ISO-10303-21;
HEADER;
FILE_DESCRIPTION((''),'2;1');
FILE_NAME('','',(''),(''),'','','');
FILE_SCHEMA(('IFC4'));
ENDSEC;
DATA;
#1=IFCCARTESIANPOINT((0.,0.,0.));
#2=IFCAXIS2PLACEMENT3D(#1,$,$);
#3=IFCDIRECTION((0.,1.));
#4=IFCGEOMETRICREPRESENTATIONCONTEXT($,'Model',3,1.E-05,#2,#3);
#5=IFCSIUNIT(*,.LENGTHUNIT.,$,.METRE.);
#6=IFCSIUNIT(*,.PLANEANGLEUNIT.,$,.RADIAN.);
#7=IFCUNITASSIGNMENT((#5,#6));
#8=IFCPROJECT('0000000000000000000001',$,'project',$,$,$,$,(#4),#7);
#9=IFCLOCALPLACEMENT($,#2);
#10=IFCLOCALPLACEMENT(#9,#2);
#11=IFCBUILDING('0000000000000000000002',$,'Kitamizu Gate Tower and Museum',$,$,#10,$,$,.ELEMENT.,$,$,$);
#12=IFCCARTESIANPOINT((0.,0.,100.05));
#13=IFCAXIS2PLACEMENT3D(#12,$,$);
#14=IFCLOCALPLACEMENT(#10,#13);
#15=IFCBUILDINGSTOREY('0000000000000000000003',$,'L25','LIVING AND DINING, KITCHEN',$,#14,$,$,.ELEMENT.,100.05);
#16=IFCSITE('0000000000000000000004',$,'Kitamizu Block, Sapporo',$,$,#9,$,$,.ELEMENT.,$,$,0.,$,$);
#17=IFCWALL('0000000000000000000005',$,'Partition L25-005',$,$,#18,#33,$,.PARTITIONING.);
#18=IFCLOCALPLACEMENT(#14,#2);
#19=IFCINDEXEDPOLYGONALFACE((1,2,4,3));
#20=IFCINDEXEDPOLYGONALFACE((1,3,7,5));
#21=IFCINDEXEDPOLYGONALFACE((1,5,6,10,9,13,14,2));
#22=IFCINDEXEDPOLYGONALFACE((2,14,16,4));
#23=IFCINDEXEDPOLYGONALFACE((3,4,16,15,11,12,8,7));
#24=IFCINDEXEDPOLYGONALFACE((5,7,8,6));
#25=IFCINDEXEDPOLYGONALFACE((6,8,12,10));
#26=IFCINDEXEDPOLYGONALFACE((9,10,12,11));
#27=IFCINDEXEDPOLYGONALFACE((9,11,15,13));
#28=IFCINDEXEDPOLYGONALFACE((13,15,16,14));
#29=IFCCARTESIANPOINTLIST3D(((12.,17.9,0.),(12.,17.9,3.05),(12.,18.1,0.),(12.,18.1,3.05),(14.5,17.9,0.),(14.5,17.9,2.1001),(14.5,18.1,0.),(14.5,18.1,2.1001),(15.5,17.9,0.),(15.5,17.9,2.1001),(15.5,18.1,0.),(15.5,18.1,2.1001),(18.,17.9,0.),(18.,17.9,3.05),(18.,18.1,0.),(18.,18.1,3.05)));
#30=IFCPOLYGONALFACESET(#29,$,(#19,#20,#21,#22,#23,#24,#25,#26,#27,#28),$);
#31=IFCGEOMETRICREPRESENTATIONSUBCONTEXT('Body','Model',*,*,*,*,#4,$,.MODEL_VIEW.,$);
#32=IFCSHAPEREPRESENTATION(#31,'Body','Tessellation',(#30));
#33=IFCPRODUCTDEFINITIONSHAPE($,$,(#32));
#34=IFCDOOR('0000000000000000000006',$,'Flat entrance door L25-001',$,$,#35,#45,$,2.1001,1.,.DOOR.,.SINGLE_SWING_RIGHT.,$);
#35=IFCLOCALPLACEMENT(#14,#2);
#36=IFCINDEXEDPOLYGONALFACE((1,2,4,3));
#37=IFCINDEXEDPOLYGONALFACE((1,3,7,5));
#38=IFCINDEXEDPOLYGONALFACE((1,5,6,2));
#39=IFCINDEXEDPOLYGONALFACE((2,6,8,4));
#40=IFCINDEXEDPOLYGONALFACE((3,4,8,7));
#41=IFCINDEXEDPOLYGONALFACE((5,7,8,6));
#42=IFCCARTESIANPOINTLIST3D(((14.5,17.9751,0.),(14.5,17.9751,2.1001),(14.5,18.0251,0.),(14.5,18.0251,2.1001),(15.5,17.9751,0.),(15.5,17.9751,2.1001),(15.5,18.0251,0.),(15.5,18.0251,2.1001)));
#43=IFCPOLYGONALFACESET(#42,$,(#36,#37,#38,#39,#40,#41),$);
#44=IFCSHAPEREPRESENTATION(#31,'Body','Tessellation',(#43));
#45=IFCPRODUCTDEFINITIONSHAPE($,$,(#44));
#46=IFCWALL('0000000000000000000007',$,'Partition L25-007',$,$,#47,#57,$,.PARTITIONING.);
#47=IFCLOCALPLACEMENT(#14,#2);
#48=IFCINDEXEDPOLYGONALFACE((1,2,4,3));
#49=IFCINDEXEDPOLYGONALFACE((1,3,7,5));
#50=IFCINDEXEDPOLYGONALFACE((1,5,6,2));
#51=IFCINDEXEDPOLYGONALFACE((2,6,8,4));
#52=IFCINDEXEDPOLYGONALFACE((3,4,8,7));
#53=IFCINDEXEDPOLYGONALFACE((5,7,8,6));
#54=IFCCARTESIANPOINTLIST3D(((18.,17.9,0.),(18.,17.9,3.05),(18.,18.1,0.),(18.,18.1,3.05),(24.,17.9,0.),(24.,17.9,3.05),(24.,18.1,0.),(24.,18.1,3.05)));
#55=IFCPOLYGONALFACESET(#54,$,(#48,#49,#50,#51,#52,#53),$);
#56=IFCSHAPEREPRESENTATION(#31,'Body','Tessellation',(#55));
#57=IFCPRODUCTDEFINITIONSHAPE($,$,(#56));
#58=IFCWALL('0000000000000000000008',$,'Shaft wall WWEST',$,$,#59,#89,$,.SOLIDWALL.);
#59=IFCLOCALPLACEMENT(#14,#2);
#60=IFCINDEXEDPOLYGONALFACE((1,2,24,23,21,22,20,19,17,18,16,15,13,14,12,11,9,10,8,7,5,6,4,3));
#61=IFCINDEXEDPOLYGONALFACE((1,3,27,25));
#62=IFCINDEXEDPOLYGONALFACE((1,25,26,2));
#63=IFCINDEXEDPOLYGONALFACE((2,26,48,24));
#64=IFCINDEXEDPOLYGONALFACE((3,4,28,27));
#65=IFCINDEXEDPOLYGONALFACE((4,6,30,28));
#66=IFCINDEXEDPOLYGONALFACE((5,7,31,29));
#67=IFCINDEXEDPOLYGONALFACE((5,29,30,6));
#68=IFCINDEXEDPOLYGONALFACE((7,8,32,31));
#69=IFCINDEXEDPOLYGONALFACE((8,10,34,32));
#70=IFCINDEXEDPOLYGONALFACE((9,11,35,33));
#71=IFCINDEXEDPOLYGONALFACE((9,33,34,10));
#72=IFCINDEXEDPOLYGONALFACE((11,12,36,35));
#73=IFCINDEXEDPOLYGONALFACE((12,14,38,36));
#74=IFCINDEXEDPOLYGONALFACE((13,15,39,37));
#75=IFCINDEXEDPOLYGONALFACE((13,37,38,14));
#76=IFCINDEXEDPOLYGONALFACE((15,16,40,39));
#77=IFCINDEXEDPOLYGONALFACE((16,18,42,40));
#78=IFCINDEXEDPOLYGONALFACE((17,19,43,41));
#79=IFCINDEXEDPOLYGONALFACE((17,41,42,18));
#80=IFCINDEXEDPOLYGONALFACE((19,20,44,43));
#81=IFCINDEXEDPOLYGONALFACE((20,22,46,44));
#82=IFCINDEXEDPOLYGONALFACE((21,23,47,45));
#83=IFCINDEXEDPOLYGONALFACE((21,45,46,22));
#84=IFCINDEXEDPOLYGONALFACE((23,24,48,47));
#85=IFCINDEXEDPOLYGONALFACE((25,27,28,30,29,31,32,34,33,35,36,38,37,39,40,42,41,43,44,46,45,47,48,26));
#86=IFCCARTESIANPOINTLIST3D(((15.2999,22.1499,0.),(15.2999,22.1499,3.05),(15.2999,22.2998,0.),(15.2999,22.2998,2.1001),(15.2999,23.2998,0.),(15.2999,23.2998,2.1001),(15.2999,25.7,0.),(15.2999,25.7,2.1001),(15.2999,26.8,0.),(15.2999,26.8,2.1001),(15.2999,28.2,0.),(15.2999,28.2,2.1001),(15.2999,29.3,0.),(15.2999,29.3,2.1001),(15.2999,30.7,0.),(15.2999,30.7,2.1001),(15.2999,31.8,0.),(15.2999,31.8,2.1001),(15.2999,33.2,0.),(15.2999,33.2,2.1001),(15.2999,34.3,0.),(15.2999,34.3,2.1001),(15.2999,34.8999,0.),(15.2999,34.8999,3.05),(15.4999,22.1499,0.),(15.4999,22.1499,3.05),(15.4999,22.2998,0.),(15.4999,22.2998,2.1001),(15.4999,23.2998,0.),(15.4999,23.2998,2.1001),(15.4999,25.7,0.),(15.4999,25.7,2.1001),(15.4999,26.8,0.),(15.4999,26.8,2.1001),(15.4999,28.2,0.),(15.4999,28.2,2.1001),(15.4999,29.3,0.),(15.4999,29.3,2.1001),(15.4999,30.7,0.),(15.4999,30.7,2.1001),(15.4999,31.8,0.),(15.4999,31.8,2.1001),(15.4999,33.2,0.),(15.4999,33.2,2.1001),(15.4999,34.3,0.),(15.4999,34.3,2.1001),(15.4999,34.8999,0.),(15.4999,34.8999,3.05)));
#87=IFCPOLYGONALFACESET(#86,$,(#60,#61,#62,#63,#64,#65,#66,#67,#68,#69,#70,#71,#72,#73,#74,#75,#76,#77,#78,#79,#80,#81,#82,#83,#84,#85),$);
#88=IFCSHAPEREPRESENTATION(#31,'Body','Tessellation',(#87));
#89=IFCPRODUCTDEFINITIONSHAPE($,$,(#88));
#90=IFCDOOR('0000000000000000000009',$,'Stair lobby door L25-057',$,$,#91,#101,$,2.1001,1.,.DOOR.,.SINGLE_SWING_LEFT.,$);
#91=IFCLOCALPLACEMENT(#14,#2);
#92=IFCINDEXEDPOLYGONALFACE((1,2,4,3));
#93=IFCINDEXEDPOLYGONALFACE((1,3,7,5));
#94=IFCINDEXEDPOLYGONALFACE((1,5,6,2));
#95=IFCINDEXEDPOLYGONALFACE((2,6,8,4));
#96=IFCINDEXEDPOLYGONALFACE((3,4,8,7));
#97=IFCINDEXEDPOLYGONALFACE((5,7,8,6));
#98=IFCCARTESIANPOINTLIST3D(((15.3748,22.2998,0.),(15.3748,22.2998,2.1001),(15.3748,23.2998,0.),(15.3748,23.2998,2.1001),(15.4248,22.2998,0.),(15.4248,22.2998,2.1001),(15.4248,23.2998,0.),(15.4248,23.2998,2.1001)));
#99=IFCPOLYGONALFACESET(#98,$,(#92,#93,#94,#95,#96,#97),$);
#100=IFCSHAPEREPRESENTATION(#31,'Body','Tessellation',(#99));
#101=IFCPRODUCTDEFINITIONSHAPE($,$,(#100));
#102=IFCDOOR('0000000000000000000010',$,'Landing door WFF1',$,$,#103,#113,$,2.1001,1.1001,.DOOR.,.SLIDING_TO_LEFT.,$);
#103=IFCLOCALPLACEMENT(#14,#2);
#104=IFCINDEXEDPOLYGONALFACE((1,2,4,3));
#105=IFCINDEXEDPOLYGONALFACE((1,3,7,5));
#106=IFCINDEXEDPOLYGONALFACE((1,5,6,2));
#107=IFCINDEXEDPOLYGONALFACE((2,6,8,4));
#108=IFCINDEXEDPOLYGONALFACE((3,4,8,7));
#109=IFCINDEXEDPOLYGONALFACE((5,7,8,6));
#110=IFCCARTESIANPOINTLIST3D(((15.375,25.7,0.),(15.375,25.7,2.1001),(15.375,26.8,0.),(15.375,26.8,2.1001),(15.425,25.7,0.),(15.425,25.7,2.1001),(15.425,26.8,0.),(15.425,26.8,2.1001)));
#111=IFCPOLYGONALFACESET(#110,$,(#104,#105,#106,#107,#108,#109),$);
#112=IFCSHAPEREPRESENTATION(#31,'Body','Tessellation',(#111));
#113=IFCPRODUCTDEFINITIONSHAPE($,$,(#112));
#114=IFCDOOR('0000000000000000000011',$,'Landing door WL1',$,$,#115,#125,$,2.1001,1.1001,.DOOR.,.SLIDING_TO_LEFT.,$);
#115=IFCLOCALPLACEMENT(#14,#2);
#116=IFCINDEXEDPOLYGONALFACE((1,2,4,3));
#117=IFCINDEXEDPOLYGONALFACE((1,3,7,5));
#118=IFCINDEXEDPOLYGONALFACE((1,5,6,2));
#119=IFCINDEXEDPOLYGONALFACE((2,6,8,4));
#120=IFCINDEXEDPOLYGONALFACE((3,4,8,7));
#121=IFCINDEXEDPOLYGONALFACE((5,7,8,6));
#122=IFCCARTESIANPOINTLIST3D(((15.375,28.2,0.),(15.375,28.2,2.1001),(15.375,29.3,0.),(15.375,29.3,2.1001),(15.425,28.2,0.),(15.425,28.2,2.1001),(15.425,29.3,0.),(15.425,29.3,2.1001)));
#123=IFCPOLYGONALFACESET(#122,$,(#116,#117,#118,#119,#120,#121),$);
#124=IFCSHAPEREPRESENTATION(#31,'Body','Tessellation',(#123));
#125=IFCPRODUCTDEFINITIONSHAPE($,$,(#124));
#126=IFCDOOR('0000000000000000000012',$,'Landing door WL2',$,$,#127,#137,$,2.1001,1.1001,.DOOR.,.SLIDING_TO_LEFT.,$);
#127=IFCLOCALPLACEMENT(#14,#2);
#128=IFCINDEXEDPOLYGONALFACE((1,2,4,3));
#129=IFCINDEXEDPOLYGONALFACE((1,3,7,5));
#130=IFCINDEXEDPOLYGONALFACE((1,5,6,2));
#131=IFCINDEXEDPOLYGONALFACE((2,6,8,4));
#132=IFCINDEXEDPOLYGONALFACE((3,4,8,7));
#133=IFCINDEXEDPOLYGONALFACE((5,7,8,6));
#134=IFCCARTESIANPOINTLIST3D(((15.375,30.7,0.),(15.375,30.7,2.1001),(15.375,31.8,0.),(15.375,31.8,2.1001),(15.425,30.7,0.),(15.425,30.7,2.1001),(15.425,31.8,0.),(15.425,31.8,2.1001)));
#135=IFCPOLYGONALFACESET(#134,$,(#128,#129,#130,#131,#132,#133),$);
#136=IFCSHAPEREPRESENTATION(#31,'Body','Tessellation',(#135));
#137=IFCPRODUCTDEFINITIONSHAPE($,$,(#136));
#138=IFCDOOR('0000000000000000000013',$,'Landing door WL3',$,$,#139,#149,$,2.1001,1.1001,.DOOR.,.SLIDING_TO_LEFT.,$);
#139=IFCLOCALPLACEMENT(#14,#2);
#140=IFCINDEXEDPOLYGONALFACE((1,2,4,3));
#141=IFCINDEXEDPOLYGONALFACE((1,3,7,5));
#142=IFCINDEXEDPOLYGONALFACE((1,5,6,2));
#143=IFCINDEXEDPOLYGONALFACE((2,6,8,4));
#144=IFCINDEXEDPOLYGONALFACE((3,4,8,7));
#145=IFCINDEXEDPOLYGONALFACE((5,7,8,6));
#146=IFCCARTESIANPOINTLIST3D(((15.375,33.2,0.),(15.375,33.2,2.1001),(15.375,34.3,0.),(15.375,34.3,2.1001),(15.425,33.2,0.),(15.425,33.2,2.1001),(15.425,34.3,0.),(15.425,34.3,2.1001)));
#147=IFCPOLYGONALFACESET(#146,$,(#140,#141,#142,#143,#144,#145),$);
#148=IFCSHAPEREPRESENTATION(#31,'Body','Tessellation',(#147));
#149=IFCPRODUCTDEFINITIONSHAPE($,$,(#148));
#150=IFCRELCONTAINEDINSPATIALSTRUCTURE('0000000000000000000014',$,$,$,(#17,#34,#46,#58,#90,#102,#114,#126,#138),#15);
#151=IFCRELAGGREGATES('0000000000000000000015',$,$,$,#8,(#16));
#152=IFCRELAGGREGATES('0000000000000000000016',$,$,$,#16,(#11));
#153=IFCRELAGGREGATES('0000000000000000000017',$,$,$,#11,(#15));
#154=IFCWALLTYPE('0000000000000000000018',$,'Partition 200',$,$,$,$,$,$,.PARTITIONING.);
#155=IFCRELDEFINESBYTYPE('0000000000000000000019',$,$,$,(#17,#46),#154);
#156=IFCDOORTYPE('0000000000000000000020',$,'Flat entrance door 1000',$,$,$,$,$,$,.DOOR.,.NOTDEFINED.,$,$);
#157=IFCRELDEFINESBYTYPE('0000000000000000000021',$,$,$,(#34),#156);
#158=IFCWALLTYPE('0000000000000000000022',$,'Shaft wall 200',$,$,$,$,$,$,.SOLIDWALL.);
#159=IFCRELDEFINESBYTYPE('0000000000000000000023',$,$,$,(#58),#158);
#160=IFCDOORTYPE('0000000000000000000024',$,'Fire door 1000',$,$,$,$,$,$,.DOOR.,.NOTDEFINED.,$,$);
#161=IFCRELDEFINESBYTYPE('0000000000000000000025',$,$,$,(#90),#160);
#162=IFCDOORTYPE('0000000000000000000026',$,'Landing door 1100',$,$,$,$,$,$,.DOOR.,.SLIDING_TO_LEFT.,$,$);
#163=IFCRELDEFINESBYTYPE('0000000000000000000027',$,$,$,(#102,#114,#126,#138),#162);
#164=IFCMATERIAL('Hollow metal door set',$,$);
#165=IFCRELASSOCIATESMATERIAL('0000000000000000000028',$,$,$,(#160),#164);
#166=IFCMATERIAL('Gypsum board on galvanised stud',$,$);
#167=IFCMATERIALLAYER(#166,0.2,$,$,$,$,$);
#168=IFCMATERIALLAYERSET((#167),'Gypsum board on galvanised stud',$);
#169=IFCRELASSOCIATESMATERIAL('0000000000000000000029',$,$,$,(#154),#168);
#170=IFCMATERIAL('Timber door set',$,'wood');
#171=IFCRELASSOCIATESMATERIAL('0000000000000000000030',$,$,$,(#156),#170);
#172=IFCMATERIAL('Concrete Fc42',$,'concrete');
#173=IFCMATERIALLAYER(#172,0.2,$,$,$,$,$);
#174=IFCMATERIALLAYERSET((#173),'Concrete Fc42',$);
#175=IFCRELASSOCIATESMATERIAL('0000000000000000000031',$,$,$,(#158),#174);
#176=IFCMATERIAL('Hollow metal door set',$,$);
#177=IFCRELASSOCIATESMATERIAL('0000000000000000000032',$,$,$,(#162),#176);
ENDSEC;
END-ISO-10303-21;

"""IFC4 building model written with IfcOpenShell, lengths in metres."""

from ifc_helpers import new_model, si_unit, direction, frame, frame_2d, origin, place, context, subcontext, project, spatial, rectangle, extrude, material, layer, layer_set, type_object, element, fill, save


model = new_model("IFC4")

# Units and contexts
model_context = context("Model", 3, precision=1e-05, world=origin(), true_north=direction((0.0, 1.0)))
body_context = subcontext(model_context, "Body", "Model", "MODEL_VIEW")
ifc_project = project(units=[si_unit("LENGTHUNIT", "METRE"), si_unit("PLANEANGLEUNIT", "RADIAN")], contexts=[model_context])

# Site, building, storey
site_placement = place(None, origin())
site = spatial("IfcSite", under=ifc_project, at=site_placement, Name="Kitamizu Block, Sapporo", CompositionType="ELEMENT", RefElevation=0.0)
building_placement = place(site_placement, origin())
building = spatial("IfcBuilding", under=site, at=building_placement, Name="Kitamizu Gate Tower and Museum", CompositionType="ELEMENT")
storey_placement = place(building_placement, frame((0.0, 0.0, 100.05)))
storey = spatial("IfcBuildingStorey", under=building, at=storey_placement, Name="L25", Description="LIVING AND DINING, KITCHEN", CompositionType="ELEMENT", Elevation=100.05)

# Shared definitions
ifc_material_1 = material(Name="Hollow metal door set")
door_type_1 = type_object("IfcDoorType", Name="Fire door 1000", OperationType="NOTDEFINED", PredefinedType="DOOR", material=ifc_material_1)

# Wall, opening, door
ifc_material_2 = material(Name="Gypsum board on galvanised stud")
ifc_layer_1 = layer(ifc_material_2, 0.2)
ifc_layer_set_1 = layer_set([ifc_layer_1], Name="Gypsum board on galvanised stud")
wall_type_1 = type_object("IfcWallType", Name="Partition 200", PredefinedType="PARTITIONING", material=ifc_layer_set_1)
wall_1_placement = place(storey_placement, frame((18.0, 18.0, 0.0), z_axis=(0.0, 0.0, 1.0), x_axis=(-1.0, 0.0, 0.0)))
wall_1 = element("IfcWall", 1, at=wall_1_placement, inside=storey, type_object=wall_type_1, Name="Partition L25-005", PredefinedType="PARTITIONING", context=body_context, shape_type="SweptSolid", body=[
    extrude(rectangle(XDim=6.0, YDim=0.2, at=frame_2d((3.0, 0.0))), origin(), (0.0, 0.0, 1.0), 3.05),
])
opening_1_placement = place(wall_1_placement, frame((2.5, 0.0, 0.0)))
opening_1 = element("IfcOpeningElement", 2, at=opening_1_placement, cuts=wall_1, PredefinedType="OPENING", context=body_context, shape_type="SweptSolid", body=[
    extrude(rectangle(XDim=1.0, YDim=2.1001, at=frame_2d((0.5, 1.05))), frame((0.0, 0.1099, 0.0), z_axis=(0.0, -1.0, 0.0), x_axis=(1.0, 0.0, 0.0)), (0.0, 0.0, 1.0), 0.22),
])
ifc_material_3 = material(Name="Timber door set", Category="wood")
door_type_2 = type_object("IfcDoorType", Name="Flat entrance door 1000", OperationType="NOTDEFINED", PredefinedType="DOOR", material=ifc_material_3)
door_1_placement = place(opening_1_placement, origin())
door_1 = element("IfcDoor", 3, at=door_1_placement, inside=storey, type_object=door_type_2, Name="Flat entrance door L25-001", OperationType="SINGLE_SWING_RIGHT", OverallHeight=2.1001, OverallWidth=1.0, PredefinedType="DOOR", context=body_context, shape_type="SweptSolid", body=[
    extrude(rectangle(XDim=1.0, YDim=2.1001, at=frame_2d((0.5, 1.05))), frame((0.0, 0.0249, 0.0), z_axis=(0.0, -1.0, 0.0), x_axis=(1.0, 0.0, 0.0)), (0.0, 0.0, 1.0), 0.05),
])
fill(opening_1, door_1)

# Wall
wall_2_placement = place(storey_placement, frame((24.0, 18.0, 0.0), z_axis=(0.0, 0.0, 1.0), x_axis=(-1.0, 0.0, 0.0)))
element("IfcWall", 4, at=wall_2_placement, inside=storey, type_object=wall_type_1, Name="Partition L25-007", PredefinedType="PARTITIONING", context=body_context, shape_type="SweptSolid", body=[
    extrude(rectangle(XDim=6.0, YDim=0.2, at=frame_2d((3.0, 0.0))), origin(), (0.0, 0.0, 1.0), 3.05),
])

# Wall, openings, doors
ifc_material_4 = material(Name="Concrete Fc42", Category="concrete")
ifc_layer_2 = layer(ifc_material_4, 0.2)
ifc_layer_set_2 = layer_set([ifc_layer_2], Name="Concrete Fc42")
wall_type_2 = type_object("IfcWallType", Name="Shaft wall 200", PredefinedType="SOLIDWALL", material=ifc_layer_set_2)
wall_3_placement = place(storey_placement, frame((15.3999, 22.1499, 0.0), z_axis=(0.0, 0.0, 1.0), x_axis=(0.0, 1.0, 0.0)))
wall_3 = element("IfcWall", 5, at=wall_3_placement, inside=storey, type_object=wall_type_2, Name="Shaft wall WWEST", PredefinedType="SOLIDWALL", context=body_context, shape_type="SweptSolid", body=[
    extrude(rectangle(XDim=12.75, YDim=0.2, at=frame_2d((6.375, 0.0))), origin(), (0.0, 0.0, 1.0), 3.05),
])
opening_2_placement = place(wall_3_placement, frame((3.55, 0.0, 0.0)))
opening_2 = element("IfcOpeningElement", 6, at=opening_2_placement, cuts=wall_3, PredefinedType="OPENING", context=body_context, shape_type="SweptSolid", body=[
    extrude(rectangle(XDim=1.1001, YDim=2.1001, at=frame_2d((0.55, 1.05))), frame((0.0, 0.1099, 0.0), z_axis=(0.0, -1.0, 0.0), x_axis=(1.0, 0.0, 0.0)), (0.0, 0.0, 1.0), 0.22),
])
opening_3_placement = place(wall_3_placement, frame((6.05, 0.0, 0.0)))
opening_3 = element("IfcOpeningElement", 7, at=opening_3_placement, cuts=wall_3, PredefinedType="OPENING", context=body_context, shape_type="SweptSolid", body=[
    extrude(rectangle(XDim=1.1001, YDim=2.1001, at=frame_2d((0.55, 1.05))), frame((0.0, 0.1099, 0.0), z_axis=(0.0, -1.0, 0.0), x_axis=(1.0, 0.0, 0.0)), (0.0, 0.0, 1.0), 0.22),
])
opening_4_placement = place(wall_3_placement, frame((8.55, 0.0, 0.0)))
opening_4 = element("IfcOpeningElement", 8, at=opening_4_placement, cuts=wall_3, PredefinedType="OPENING", context=body_context, shape_type="SweptSolid", body=[
    extrude(rectangle(XDim=1.1001, YDim=2.1001, at=frame_2d((0.55, 1.05))), frame((0.0, 0.1099, 0.0), z_axis=(0.0, -1.0, 0.0), x_axis=(1.0, 0.0, 0.0)), (0.0, 0.0, 1.0), 0.22),
])
opening_5_placement = place(wall_3_placement, frame((11.05, 0.0, 0.0)))
opening_5 = element("IfcOpeningElement", 9, at=opening_5_placement, cuts=wall_3, PredefinedType="OPENING", context=body_context, shape_type="SweptSolid", body=[
    extrude(rectangle(XDim=1.1001, YDim=2.1001, at=frame_2d((0.55, 1.05))), frame((0.0, 0.1099, 0.0), z_axis=(0.0, -1.0, 0.0), x_axis=(1.0, 0.0, 0.0)), (0.0, 0.0, 1.0), 0.22),
])
opening_6_placement = place(wall_3_placement, frame((0.1499, 0.0, 0.0)))
opening_6 = element("IfcOpeningElement", 10, at=opening_6_placement, cuts=wall_3, PredefinedType="OPENING", context=body_context, shape_type="SweptSolid", body=[
    extrude(rectangle(XDim=1.0, YDim=2.1001, at=frame_2d((0.5, 1.05))), frame((0.0, 0.1099, 0.0), z_axis=(0.0, -1.0, 0.0), x_axis=(1.0, 0.0, 0.0)), (0.0, 0.0, 1.0), 0.22),
])
door_2_placement = place(opening_6_placement, frame((1.0, 0.0, 0.0), x_axis=(-1.0, 0.0, 0.0)))
door_2 = element("IfcDoor", 11, at=door_2_placement, inside=storey, type_object=door_type_1, Name="Stair lobby door L25-057", OperationType="SINGLE_SWING_LEFT", OverallHeight=2.1001, OverallWidth=1.0, PredefinedType="DOOR", context=body_context, shape_type="SweptSolid", body=[
    extrude(rectangle(XDim=1.0, YDim=2.1001, at=frame_2d((0.5, 1.05))), frame((0.0, 0.0249, 0.0), z_axis=(0.0, -1.0, 0.0), x_axis=(1.0, 0.0, 0.0)), (0.0, 0.0, 1.0), 0.05),
])
fill(opening_6, door_2)
ifc_material_5 = material(Name="Hollow metal door set")
door_type_3 = type_object("IfcDoorType", Name="Landing door 1100", OperationType="SLIDING_TO_LEFT", PredefinedType="DOOR", material=ifc_material_5)
door_3_placement = place(opening_2_placement, origin())
door_3 = element("IfcDoor", 12, at=door_3_placement, inside=storey, type_object=door_type_3, Name="Landing door WFF1", OperationType="SLIDING_TO_LEFT", OverallHeight=2.1001, OverallWidth=1.1001, PredefinedType="DOOR", context=body_context, shape_type="SweptSolid", body=[
    extrude(rectangle(XDim=1.1001, YDim=2.1001, at=frame_2d((0.55, 1.05))), frame((0.0, 0.0249, 0.0), z_axis=(0.0, -1.0, 0.0), x_axis=(1.0, 0.0, 0.0)), (0.0, 0.0, 1.0), 0.05),
])
fill(opening_2, door_3)
door_4_placement = place(opening_3_placement, origin())
door_4 = element("IfcDoor", 13, at=door_4_placement, inside=storey, type_object=door_type_3, Name="Landing door WL1", OperationType="SLIDING_TO_LEFT", OverallHeight=2.1001, OverallWidth=1.1001, PredefinedType="DOOR", context=body_context, shape_type="SweptSolid", body=[
    extrude(rectangle(XDim=1.1001, YDim=2.1001, at=frame_2d((0.55, 1.05))), frame((0.0, 0.0249, 0.0), z_axis=(0.0, -1.0, 0.0), x_axis=(1.0, 0.0, 0.0)), (0.0, 0.0, 1.0), 0.05),
])
fill(opening_3, door_4)
door_5_placement = place(opening_4_placement, origin())
door_5 = element("IfcDoor", 14, at=door_5_placement, inside=storey, type_object=door_type_3, Name="Landing door WL2", OperationType="SLIDING_TO_LEFT", OverallHeight=2.1001, OverallWidth=1.1001, PredefinedType="DOOR", context=body_context, shape_type="SweptSolid", body=[
    extrude(rectangle(XDim=1.1001, YDim=2.1001, at=frame_2d((0.55, 1.05))), frame((0.0, 0.0249, 0.0), z_axis=(0.0, -1.0, 0.0), x_axis=(1.0, 0.0, 0.0)), (0.0, 0.0, 1.0), 0.05),
])
fill(opening_4, door_5)
door_6_placement = place(opening_5_placement, origin())
door_6 = element("IfcDoor", 15, at=door_6_placement, inside=storey, type_object=door_type_3, Name="Landing door WL3", OperationType="SLIDING_TO_LEFT", OverallHeight=2.1001, OverallWidth=1.1001, PredefinedType="DOOR", context=body_context, shape_type="SweptSolid", body=[
    extrude(rectangle(XDim=1.1001, YDim=2.1001, at=frame_2d((0.55, 1.05))), frame((0.0, 0.0249, 0.0), z_axis=(0.0, -1.0, 0.0), x_axis=(1.0, 0.0, 0.0)), (0.0, 0.0, 1.0), 0.05),
])
fill(opening_5, door_6)

save(model, "model.ifc")
